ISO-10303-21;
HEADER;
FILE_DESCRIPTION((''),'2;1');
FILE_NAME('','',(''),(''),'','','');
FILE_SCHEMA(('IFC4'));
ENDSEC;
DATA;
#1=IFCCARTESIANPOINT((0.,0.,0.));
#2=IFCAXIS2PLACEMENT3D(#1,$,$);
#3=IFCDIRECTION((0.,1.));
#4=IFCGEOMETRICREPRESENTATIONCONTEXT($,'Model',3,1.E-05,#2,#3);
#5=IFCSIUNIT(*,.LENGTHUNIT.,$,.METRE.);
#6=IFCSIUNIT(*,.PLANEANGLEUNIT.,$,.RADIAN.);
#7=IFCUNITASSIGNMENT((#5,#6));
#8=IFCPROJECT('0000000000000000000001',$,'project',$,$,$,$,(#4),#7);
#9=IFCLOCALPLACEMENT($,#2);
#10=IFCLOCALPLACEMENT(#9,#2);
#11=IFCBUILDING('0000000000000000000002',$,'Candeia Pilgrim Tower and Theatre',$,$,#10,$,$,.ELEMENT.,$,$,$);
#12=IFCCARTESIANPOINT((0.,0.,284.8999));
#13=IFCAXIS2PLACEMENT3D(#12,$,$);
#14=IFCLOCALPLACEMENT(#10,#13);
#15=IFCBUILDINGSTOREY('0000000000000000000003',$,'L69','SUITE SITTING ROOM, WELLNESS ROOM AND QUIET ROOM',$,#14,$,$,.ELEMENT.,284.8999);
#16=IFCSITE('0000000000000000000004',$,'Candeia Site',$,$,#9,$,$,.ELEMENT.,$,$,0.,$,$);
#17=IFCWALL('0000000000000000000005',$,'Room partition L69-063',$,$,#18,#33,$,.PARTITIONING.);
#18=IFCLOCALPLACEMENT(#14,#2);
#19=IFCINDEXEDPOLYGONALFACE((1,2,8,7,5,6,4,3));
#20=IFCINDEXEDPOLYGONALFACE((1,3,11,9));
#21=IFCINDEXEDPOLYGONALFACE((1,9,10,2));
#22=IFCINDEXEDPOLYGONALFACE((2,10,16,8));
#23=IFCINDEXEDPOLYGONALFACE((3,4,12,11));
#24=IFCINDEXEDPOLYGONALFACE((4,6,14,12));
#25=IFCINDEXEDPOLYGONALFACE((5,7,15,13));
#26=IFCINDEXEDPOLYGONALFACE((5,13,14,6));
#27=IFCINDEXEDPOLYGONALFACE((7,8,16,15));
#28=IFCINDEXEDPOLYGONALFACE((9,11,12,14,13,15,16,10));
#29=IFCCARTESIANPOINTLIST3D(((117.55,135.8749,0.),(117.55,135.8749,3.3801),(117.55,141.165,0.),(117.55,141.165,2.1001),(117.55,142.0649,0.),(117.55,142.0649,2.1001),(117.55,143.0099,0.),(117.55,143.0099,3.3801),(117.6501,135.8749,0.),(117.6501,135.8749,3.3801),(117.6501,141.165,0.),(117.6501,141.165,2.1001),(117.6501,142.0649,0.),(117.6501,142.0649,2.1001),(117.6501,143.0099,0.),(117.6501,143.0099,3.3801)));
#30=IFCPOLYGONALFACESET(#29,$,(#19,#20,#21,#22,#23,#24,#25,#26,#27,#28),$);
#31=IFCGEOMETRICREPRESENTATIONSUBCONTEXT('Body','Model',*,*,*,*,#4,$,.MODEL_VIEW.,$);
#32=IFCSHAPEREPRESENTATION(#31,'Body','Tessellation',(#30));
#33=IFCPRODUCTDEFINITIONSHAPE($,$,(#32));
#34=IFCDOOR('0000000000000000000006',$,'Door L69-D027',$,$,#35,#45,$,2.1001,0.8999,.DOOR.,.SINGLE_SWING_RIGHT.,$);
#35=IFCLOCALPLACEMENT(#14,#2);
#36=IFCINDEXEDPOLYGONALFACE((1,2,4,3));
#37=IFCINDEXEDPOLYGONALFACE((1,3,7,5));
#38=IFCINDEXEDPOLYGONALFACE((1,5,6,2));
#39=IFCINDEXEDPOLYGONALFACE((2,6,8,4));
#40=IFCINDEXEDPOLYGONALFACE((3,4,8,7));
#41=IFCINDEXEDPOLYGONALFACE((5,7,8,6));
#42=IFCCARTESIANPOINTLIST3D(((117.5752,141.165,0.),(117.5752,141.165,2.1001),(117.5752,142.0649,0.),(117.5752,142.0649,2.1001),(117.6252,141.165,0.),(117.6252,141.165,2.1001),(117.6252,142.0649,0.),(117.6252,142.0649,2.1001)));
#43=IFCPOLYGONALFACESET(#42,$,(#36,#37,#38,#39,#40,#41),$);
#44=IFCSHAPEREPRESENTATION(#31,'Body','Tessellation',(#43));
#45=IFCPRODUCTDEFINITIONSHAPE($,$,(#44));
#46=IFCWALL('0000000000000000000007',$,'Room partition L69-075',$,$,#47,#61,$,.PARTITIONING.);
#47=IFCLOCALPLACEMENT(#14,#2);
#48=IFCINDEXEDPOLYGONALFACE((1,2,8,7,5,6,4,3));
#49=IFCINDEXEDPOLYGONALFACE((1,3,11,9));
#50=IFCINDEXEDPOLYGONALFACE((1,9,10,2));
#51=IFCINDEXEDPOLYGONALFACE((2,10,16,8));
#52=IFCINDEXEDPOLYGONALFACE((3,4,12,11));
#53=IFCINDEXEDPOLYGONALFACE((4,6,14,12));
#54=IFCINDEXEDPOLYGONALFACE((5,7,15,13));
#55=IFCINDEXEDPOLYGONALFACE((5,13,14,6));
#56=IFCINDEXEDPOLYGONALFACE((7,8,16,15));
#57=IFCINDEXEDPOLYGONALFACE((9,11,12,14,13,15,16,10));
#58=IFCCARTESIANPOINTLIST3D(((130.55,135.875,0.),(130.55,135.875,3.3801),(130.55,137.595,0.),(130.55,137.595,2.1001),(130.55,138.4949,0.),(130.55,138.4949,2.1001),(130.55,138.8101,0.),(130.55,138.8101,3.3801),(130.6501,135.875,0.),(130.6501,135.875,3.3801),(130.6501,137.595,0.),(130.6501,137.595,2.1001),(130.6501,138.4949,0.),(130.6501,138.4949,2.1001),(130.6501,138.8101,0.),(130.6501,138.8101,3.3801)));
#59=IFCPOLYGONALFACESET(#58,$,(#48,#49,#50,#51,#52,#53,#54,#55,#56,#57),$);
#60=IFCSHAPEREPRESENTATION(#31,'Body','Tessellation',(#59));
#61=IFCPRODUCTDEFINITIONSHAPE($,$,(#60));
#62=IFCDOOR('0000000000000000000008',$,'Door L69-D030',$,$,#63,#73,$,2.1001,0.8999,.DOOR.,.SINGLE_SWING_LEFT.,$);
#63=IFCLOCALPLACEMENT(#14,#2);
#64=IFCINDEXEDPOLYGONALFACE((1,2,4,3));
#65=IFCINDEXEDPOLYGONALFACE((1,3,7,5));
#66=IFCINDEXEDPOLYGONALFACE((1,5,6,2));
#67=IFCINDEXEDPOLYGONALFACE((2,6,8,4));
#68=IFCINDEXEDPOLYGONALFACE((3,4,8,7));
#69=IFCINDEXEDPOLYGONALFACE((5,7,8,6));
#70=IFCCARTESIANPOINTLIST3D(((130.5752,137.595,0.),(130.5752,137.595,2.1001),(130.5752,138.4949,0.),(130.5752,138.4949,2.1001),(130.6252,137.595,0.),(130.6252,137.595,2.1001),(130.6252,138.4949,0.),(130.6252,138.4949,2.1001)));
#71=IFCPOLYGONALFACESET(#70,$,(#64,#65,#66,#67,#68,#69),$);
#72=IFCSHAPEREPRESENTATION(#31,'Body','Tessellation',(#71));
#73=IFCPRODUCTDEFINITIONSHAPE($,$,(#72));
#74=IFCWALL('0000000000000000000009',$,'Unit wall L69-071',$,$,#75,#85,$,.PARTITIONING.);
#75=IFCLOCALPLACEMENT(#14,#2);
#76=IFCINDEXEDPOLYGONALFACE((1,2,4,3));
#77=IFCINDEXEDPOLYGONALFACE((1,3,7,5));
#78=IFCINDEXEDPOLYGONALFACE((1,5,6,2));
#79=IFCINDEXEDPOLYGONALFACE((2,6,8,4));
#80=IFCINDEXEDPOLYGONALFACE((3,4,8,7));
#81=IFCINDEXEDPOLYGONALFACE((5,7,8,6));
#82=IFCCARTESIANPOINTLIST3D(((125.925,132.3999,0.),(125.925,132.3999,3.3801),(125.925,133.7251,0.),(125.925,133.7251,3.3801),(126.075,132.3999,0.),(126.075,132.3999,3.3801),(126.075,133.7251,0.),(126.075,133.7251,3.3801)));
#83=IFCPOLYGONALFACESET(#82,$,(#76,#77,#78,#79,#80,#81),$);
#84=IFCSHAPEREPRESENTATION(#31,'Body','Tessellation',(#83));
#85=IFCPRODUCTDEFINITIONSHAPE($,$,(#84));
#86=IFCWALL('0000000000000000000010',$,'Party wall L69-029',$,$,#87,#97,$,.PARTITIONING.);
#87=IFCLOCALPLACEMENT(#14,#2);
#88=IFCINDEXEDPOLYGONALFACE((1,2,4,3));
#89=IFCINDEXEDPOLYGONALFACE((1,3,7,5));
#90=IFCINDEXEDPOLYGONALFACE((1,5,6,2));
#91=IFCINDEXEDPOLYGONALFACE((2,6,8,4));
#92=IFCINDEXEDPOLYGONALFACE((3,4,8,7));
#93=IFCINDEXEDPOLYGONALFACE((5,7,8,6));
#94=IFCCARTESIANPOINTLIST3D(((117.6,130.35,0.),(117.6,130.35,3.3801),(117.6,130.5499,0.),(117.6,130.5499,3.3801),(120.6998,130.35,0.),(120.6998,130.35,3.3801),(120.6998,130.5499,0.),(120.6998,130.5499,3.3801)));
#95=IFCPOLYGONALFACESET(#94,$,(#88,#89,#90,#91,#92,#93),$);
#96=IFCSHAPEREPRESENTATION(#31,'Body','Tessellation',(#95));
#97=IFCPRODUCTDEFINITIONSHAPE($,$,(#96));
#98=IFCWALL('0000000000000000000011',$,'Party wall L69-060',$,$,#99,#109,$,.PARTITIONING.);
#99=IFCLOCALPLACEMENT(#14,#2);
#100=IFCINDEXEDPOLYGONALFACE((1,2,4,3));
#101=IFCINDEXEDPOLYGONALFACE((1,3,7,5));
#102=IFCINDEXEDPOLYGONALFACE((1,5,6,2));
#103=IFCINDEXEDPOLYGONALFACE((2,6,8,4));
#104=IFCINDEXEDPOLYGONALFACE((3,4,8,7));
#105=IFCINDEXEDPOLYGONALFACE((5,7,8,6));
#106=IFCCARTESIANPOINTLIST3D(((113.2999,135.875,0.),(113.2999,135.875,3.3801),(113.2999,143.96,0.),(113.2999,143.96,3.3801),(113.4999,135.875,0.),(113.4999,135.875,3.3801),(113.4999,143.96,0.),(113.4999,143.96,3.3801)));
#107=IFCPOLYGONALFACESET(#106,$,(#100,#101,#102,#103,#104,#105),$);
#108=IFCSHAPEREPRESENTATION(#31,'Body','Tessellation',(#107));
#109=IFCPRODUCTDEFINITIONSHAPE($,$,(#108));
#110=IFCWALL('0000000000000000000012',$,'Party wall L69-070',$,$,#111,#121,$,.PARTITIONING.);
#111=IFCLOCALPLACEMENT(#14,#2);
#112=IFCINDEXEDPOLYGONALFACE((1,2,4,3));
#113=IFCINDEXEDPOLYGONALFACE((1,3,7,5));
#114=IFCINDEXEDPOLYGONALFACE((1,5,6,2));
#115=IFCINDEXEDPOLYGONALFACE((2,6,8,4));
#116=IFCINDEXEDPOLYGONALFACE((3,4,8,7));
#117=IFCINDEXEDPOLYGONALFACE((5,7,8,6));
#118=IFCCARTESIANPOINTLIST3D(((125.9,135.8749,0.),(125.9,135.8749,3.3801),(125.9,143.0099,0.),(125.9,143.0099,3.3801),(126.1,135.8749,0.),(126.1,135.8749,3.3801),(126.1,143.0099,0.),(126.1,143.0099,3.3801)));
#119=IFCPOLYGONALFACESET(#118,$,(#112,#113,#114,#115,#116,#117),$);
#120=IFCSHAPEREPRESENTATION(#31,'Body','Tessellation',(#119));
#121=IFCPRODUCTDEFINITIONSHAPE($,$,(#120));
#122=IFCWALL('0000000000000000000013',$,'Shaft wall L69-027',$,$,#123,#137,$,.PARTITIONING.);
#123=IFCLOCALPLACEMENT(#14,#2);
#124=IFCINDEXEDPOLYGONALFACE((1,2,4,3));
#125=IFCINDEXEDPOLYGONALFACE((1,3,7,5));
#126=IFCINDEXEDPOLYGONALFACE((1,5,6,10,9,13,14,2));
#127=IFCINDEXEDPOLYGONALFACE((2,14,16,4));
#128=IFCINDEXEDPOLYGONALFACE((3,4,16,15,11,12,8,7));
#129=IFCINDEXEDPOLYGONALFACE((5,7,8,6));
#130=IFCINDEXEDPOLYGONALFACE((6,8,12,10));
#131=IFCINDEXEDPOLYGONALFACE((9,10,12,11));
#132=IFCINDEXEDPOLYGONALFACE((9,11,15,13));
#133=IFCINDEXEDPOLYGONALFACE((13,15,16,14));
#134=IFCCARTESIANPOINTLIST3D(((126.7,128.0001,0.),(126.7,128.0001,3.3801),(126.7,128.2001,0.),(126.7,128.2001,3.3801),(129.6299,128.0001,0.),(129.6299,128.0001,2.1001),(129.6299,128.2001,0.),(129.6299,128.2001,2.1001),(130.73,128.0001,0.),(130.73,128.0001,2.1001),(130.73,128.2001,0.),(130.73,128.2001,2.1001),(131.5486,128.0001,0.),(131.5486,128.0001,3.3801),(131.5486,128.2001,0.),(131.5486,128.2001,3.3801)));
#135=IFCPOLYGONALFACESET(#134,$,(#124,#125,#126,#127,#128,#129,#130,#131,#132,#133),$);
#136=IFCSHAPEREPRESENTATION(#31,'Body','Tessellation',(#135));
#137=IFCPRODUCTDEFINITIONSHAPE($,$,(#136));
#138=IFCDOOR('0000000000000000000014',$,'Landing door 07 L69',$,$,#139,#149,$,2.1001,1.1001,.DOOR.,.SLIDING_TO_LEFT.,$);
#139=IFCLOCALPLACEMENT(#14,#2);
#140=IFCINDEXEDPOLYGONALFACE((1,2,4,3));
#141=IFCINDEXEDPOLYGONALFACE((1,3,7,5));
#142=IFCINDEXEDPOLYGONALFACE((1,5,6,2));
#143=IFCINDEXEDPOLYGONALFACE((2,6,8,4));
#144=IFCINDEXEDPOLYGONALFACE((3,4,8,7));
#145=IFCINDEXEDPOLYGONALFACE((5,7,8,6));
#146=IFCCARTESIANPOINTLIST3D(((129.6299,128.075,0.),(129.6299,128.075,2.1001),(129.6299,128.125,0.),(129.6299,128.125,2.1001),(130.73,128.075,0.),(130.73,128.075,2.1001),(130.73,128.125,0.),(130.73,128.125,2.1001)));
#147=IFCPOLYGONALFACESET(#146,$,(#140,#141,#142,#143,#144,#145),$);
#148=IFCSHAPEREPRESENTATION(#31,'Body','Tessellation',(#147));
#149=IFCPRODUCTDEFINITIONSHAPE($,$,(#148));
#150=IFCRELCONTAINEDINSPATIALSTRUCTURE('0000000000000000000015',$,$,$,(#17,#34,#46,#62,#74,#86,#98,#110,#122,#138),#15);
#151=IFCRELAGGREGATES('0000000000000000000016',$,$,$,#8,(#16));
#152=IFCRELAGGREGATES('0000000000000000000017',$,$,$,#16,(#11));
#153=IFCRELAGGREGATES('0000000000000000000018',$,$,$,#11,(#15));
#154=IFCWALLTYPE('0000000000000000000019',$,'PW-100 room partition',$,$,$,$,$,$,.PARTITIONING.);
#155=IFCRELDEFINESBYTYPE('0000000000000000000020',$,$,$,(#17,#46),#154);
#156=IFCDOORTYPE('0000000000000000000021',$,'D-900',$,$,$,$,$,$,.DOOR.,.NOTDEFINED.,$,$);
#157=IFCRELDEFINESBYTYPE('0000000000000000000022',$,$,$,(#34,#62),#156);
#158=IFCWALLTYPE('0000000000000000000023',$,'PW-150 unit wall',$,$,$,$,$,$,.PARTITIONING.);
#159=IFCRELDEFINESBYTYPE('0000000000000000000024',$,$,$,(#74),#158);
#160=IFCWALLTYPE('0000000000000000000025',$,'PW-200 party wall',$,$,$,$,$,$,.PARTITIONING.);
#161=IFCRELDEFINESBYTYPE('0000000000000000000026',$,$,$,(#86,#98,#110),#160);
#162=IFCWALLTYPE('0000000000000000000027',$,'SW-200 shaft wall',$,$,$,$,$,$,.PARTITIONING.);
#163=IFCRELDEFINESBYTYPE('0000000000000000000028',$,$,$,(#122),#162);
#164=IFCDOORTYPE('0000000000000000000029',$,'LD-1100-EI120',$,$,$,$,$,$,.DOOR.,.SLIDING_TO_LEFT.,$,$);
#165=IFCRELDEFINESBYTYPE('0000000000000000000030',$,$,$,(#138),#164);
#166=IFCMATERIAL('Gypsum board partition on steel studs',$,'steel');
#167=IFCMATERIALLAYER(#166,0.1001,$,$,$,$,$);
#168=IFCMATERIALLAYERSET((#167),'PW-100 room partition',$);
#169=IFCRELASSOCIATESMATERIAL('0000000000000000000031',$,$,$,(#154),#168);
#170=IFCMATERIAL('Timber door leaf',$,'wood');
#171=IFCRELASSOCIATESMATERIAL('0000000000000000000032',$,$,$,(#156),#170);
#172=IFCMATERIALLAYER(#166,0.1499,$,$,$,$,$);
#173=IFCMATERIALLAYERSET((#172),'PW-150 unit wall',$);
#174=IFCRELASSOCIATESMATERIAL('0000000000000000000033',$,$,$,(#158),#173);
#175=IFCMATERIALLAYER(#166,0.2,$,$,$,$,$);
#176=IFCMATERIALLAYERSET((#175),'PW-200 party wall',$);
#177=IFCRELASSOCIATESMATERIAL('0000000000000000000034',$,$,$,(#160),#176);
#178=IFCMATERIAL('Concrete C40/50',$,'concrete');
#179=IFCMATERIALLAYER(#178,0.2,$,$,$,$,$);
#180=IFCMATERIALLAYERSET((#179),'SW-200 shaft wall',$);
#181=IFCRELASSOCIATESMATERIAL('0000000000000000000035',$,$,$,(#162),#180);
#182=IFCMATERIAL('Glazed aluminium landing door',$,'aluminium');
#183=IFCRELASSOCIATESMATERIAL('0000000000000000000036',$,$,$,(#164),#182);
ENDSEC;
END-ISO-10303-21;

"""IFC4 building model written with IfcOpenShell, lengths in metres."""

from ifc_helpers import new_model, si_unit, direction, frame, frame_2d, origin, place, context, subcontext, project, spatial, rectangle, extrude, material, layer, layer_set, type_object, element, fill, save


model = new_model("IFC4")

# Units and contexts
model_context = context("Model", 3, precision=1e-05, world=origin(), true_north=direction((0.0, 1.0)))
body_context = subcontext(model_context, "Body", "Model", "MODEL_VIEW")
ifc_project = project(units=[si_unit("LENGTHUNIT", "METRE"), si_unit("PLANEANGLEUNIT", "RADIAN")], contexts=[model_context])

# Site, building, storey
site_placement = place(None, origin())
site = spatial("IfcSite", under=ifc_project, at=site_placement, Name="Candeia Site", CompositionType="ELEMENT", RefElevation=0.0)
building_placement = place(site_placement, origin())
building = spatial("IfcBuilding", under=site, at=building_placement, Name="Candeia Pilgrim Tower and Theatre", CompositionType="ELEMENT")
storey_placement = place(building_placement, frame((0.0, 0.0, 284.8999)))
storey = spatial("IfcBuildingStorey", under=building, at=storey_placement, Name="L69", Description="SUITE SITTING ROOM, WELLNESS ROOM AND QUIET ROOM", CompositionType="ELEMENT", Elevation=284.8999)

# Shared definitions
ifc_material_1 = material(Name="Concrete C40/50", Category="concrete")

# Shared definitions
ifc_material_2 = material(Name="Gypsum board partition on steel studs", Category="steel")
ifc_layer_1 = layer(ifc_material_2, 0.1001)
ifc_layer_set_1 = layer_set([ifc_layer_1], Name="PW-100 room partition")
wall_type_1 = type_object("IfcWallType", Name="PW-100 room partition", PredefinedType="PARTITIONING", material=ifc_layer_set_1)

# Walls, openings, doors
ifc_material_3 = material(Name="Timber door leaf", Category="wood")
wall_1_placement = place(storey_placement, frame((117.6001, 135.875, 0.0), z_axis=(0.0, 0.0, 1.0), x_axis=(0.0, 1.0, 0.0)))
wall_1 = element("IfcWall", 1, at=wall_1_placement, inside=storey, type_object=wall_type_1, Name="Room partition L69-063", PredefinedType="PARTITIONING", context=body_context, shape_type="SweptSolid", body=[
    extrude(rectangle(XDim=7.135, YDim=0.1001, at=frame_2d((3.5674, 0.0))), origin(), (0.0, 0.0, 1.0), 3.3801),
])
opening_1_placement = place(wall_1_placement, frame((5.29, 0.0, 0.0)))
opening_1 = element("IfcOpeningElement", 2, at=opening_1_placement, cuts=wall_1, PredefinedType="OPENING", context=body_context, shape_type="SweptSolid", body=[
    extrude(rectangle(XDim=0.8999, YDim=2.1001, at=frame_2d((0.45, 1.05))), frame((0.0, 0.0601, 0.0), z_axis=(0.0, -1.0, 0.0), x_axis=(1.0, 0.0, 0.0)), (0.0, 0.0, 1.0), 0.1201),
])
door_type_1 = type_object("IfcDoorType", Name="D-900", OperationType="NOTDEFINED", PredefinedType="DOOR", material=ifc_material_3)
door_1_placement = place(opening_1_placement, origin())
door_1 = element("IfcDoor", 3, at=door_1_placement, inside=storey, type_object=door_type_1, Name="Door L69-D027", OperationType="SINGLE_SWING_RIGHT", OverallHeight=2.1001, OverallWidth=0.8999, PredefinedType="DOOR", context=body_context, shape_type="SweptSolid", body=[
    extrude(rectangle(XDim=0.8999, YDim=2.1001, at=frame_2d((0.45, 1.05))), frame((0.0, 0.0249, 0.0), z_axis=(0.0, -1.0, 0.0), x_axis=(1.0, 0.0, 0.0)), (0.0, 0.0, 1.0), 0.05),
])
fill(opening_1, door_1)
wall_2_placement = place(storey_placement, frame((130.6001, 135.875, 0.0), z_axis=(0.0, 0.0, 1.0), x_axis=(0.0, 1.0, 0.0)))
wall_2 = element("IfcWall", 4, at=wall_2_placement, inside=storey, type_object=wall_type_1, Name="Room partition L69-075", PredefinedType="PARTITIONING", context=body_context, shape_type="SweptSolid", body=[
    extrude(rectangle(XDim=2.9351, YDim=0.1001, at=frame_2d((1.4675, 0.0))), origin(), (0.0, 0.0, 1.0), 3.3801),
])
opening_2_placement = place(wall_2_placement, frame((1.72, 0.0, 0.0)))
opening_2 = element("IfcOpeningElement", 5, at=opening_2_placement, cuts=wall_2, PredefinedType="OPENING", context=body_context, shape_type="SweptSolid", body=[
    extrude(rectangle(XDim=0.8999, YDim=2.1001, at=frame_2d((0.45, 1.05))), frame((0.0, 0.0601, 0.0), z_axis=(0.0, -1.0, 0.0), x_axis=(1.0, 0.0, 0.0)), (0.0, 0.0, 1.0), 0.1201),
])
door_2_placement = place(opening_2_placement, origin())
door_2 = element("IfcDoor", 6, at=door_2_placement, inside=storey, type_object=door_type_1, Name="Door L69-D030", OperationType="SINGLE_SWING_LEFT", OverallHeight=2.1001, OverallWidth=0.8999, PredefinedType="DOOR", context=body_context, shape_type="SweptSolid", body=[
    extrude(rectangle(XDim=0.8999, YDim=2.1001, at=frame_2d((0.45, 1.05))), frame((0.0, 0.0249, 0.0), z_axis=(0.0, -1.0, 0.0), x_axis=(1.0, 0.0, 0.0)), (0.0, 0.0, 1.0), 0.05),
])
fill(opening_2, door_2)

# Walls
ifc_layer_2 = layer(ifc_material_2, 0.1499)
ifc_layer_set_2 = layer_set([ifc_layer_2], Name="PW-150 unit wall")
wall_type_2 = type_object("IfcWallType", Name="PW-150 unit wall", PredefinedType="PARTITIONING", material=ifc_layer_set_2)
wall_3_placement = place(storey_placement, frame((126.0, 132.3999, 0.0), z_axis=(0.0, 0.0, 1.0), x_axis=(0.0, 1.0, 0.0)))
element("IfcWall", 7, at=wall_3_placement, inside=storey, type_object=wall_type_2, Name="Unit wall L69-071", PredefinedType="PARTITIONING", context=body_context, shape_type="SweptSolid", body=[
    extrude(rectangle(XDim=1.3252, YDim=0.1499, at=frame_2d((0.6626, 0.0))), origin(), (0.0, 0.0, 1.0), 3.3801),
])
ifc_layer_3 = layer(ifc_material_2, 0.2)
ifc_layer_set_3 = layer_set([ifc_layer_3], Name="PW-200 party wall")
wall_type_3 = type_object("IfcWallType", Name="PW-200 party wall", PredefinedType="PARTITIONING", material=ifc_layer_set_3)
wall_4_placement = place(storey_placement, frame((117.6001, 130.45, 0.0), z_axis=(0.0, 0.0, 1.0), x_axis=(1.0, 0.0, 0.0)))
element("IfcWall", 8, at=wall_4_placement, inside=storey, type_object=wall_type_3, Name="Party wall L69-029", PredefinedType="PARTITIONING", context=body_context, shape_type="SweptSolid", body=[
    extrude(rectangle(XDim=3.0999, YDim=0.2, at=frame_2d((1.5498, 0.0))), origin(), (0.0, 0.0, 1.0), 3.3801),
])
wall_5_placement = place(storey_placement, frame((113.3999, 135.875, 0.0), z_axis=(0.0, 0.0, 1.0), x_axis=(0.0, 1.0, 0.0)))
element("IfcWall", 9, at=wall_5_placement, inside=storey, type_object=wall_type_3, Name="Party wall L69-060", PredefinedType="PARTITIONING", context=body_context, shape_type="SweptSolid", body=[
    extrude(rectangle(XDim=8.085, YDim=0.2, at=frame_2d((4.0425, 0.0))), origin(), (0.0, 0.0, 1.0), 3.3801),
])
wall_6_placement = place(storey_placement, frame((126.0, 135.875, 0.0), z_axis=(0.0, 0.0, 1.0), x_axis=(0.0, 1.0, 0.0)))
element("IfcWall", 10, at=wall_6_placement, inside=storey, type_object=wall_type_3, Name="Party wall L69-070", PredefinedType="PARTITIONING", context=body_context, shape_type="SweptSolid", body=[
    extrude(rectangle(XDim=7.135, YDim=0.2, at=frame_2d((3.5674, 0.0))), origin(), (0.0, 0.0, 1.0), 3.3801),
])

# Wall, opening, door
ifc_layer_4 = layer(ifc_material_1, 0.2)
ifc_layer_set_4 = layer_set([ifc_layer_4], Name="SW-200 shaft wall")
wall_type_4 = type_object("IfcWallType", Name="SW-200 shaft wall", PredefinedType="PARTITIONING", material=ifc_layer_set_4)
wall_7_placement = place(storey_placement, frame((126.7, 128.1001, 0.0), z_axis=(0.0, 0.0, 1.0), x_axis=(1.0, 0.0, 0.0)))
wall_7 = element("IfcWall", 11, at=wall_7_placement, inside=storey, type_object=wall_type_4, Name="Shaft wall L69-027", PredefinedType="PARTITIONING", context=body_context, shape_type="SweptSolid", body=[
    extrude(rectangle(XDim=4.8486, YDim=0.2, at=frame_2d((2.4243, 0.0))), origin(), (0.0, 0.0, 1.0), 3.3801),
])
opening_3_placement = place(wall_7_placement, frame((2.9299, 0.0, 0.0)))
opening_3 = element("IfcOpeningElement", 12, at=opening_3_placement, cuts=wall_7, PredefinedType="OPENING", context=body_context, shape_type="SweptSolid", body=[
    extrude(rectangle(XDim=1.1001, YDim=2.1001, at=frame_2d((0.55, 1.05))), frame((0.0, 0.1099, 0.0), z_axis=(0.0, -1.0, 0.0), x_axis=(1.0, 0.0, 0.0)), (0.0, 0.0, 1.0), 0.22),
])
ifc_material_4 = material(Name="Glazed aluminium landing door", Category="aluminium")
door_type_2 = type_object("IfcDoorType", Name="LD-1100-EI120", OperationType="SLIDING_TO_LEFT", PredefinedType="DOOR", material=ifc_material_4)
door_3_placement = place(opening_3_placement, origin())
door_3 = element("IfcDoor", 13, at=door_3_placement, inside=storey, type_object=door_type_2, Name="Landing door 07 L69", OperationType="SLIDING_TO_LEFT", OverallHeight=2.1001, OverallWidth=1.1001, PredefinedType="DOOR", context=body_context, shape_type="SweptSolid", body=[
    extrude(rectangle(XDim=1.1001, YDim=2.1001, at=frame_2d((0.55, 1.05))), frame((0.0, 0.0249, 0.0), z_axis=(0.0, -1.0, 0.0), x_axis=(1.0, 0.0, 0.0)), (0.0, 0.0, 1.0), 0.05),
])
fill(opening_3, door_3)

save(model, "model.ifc")
